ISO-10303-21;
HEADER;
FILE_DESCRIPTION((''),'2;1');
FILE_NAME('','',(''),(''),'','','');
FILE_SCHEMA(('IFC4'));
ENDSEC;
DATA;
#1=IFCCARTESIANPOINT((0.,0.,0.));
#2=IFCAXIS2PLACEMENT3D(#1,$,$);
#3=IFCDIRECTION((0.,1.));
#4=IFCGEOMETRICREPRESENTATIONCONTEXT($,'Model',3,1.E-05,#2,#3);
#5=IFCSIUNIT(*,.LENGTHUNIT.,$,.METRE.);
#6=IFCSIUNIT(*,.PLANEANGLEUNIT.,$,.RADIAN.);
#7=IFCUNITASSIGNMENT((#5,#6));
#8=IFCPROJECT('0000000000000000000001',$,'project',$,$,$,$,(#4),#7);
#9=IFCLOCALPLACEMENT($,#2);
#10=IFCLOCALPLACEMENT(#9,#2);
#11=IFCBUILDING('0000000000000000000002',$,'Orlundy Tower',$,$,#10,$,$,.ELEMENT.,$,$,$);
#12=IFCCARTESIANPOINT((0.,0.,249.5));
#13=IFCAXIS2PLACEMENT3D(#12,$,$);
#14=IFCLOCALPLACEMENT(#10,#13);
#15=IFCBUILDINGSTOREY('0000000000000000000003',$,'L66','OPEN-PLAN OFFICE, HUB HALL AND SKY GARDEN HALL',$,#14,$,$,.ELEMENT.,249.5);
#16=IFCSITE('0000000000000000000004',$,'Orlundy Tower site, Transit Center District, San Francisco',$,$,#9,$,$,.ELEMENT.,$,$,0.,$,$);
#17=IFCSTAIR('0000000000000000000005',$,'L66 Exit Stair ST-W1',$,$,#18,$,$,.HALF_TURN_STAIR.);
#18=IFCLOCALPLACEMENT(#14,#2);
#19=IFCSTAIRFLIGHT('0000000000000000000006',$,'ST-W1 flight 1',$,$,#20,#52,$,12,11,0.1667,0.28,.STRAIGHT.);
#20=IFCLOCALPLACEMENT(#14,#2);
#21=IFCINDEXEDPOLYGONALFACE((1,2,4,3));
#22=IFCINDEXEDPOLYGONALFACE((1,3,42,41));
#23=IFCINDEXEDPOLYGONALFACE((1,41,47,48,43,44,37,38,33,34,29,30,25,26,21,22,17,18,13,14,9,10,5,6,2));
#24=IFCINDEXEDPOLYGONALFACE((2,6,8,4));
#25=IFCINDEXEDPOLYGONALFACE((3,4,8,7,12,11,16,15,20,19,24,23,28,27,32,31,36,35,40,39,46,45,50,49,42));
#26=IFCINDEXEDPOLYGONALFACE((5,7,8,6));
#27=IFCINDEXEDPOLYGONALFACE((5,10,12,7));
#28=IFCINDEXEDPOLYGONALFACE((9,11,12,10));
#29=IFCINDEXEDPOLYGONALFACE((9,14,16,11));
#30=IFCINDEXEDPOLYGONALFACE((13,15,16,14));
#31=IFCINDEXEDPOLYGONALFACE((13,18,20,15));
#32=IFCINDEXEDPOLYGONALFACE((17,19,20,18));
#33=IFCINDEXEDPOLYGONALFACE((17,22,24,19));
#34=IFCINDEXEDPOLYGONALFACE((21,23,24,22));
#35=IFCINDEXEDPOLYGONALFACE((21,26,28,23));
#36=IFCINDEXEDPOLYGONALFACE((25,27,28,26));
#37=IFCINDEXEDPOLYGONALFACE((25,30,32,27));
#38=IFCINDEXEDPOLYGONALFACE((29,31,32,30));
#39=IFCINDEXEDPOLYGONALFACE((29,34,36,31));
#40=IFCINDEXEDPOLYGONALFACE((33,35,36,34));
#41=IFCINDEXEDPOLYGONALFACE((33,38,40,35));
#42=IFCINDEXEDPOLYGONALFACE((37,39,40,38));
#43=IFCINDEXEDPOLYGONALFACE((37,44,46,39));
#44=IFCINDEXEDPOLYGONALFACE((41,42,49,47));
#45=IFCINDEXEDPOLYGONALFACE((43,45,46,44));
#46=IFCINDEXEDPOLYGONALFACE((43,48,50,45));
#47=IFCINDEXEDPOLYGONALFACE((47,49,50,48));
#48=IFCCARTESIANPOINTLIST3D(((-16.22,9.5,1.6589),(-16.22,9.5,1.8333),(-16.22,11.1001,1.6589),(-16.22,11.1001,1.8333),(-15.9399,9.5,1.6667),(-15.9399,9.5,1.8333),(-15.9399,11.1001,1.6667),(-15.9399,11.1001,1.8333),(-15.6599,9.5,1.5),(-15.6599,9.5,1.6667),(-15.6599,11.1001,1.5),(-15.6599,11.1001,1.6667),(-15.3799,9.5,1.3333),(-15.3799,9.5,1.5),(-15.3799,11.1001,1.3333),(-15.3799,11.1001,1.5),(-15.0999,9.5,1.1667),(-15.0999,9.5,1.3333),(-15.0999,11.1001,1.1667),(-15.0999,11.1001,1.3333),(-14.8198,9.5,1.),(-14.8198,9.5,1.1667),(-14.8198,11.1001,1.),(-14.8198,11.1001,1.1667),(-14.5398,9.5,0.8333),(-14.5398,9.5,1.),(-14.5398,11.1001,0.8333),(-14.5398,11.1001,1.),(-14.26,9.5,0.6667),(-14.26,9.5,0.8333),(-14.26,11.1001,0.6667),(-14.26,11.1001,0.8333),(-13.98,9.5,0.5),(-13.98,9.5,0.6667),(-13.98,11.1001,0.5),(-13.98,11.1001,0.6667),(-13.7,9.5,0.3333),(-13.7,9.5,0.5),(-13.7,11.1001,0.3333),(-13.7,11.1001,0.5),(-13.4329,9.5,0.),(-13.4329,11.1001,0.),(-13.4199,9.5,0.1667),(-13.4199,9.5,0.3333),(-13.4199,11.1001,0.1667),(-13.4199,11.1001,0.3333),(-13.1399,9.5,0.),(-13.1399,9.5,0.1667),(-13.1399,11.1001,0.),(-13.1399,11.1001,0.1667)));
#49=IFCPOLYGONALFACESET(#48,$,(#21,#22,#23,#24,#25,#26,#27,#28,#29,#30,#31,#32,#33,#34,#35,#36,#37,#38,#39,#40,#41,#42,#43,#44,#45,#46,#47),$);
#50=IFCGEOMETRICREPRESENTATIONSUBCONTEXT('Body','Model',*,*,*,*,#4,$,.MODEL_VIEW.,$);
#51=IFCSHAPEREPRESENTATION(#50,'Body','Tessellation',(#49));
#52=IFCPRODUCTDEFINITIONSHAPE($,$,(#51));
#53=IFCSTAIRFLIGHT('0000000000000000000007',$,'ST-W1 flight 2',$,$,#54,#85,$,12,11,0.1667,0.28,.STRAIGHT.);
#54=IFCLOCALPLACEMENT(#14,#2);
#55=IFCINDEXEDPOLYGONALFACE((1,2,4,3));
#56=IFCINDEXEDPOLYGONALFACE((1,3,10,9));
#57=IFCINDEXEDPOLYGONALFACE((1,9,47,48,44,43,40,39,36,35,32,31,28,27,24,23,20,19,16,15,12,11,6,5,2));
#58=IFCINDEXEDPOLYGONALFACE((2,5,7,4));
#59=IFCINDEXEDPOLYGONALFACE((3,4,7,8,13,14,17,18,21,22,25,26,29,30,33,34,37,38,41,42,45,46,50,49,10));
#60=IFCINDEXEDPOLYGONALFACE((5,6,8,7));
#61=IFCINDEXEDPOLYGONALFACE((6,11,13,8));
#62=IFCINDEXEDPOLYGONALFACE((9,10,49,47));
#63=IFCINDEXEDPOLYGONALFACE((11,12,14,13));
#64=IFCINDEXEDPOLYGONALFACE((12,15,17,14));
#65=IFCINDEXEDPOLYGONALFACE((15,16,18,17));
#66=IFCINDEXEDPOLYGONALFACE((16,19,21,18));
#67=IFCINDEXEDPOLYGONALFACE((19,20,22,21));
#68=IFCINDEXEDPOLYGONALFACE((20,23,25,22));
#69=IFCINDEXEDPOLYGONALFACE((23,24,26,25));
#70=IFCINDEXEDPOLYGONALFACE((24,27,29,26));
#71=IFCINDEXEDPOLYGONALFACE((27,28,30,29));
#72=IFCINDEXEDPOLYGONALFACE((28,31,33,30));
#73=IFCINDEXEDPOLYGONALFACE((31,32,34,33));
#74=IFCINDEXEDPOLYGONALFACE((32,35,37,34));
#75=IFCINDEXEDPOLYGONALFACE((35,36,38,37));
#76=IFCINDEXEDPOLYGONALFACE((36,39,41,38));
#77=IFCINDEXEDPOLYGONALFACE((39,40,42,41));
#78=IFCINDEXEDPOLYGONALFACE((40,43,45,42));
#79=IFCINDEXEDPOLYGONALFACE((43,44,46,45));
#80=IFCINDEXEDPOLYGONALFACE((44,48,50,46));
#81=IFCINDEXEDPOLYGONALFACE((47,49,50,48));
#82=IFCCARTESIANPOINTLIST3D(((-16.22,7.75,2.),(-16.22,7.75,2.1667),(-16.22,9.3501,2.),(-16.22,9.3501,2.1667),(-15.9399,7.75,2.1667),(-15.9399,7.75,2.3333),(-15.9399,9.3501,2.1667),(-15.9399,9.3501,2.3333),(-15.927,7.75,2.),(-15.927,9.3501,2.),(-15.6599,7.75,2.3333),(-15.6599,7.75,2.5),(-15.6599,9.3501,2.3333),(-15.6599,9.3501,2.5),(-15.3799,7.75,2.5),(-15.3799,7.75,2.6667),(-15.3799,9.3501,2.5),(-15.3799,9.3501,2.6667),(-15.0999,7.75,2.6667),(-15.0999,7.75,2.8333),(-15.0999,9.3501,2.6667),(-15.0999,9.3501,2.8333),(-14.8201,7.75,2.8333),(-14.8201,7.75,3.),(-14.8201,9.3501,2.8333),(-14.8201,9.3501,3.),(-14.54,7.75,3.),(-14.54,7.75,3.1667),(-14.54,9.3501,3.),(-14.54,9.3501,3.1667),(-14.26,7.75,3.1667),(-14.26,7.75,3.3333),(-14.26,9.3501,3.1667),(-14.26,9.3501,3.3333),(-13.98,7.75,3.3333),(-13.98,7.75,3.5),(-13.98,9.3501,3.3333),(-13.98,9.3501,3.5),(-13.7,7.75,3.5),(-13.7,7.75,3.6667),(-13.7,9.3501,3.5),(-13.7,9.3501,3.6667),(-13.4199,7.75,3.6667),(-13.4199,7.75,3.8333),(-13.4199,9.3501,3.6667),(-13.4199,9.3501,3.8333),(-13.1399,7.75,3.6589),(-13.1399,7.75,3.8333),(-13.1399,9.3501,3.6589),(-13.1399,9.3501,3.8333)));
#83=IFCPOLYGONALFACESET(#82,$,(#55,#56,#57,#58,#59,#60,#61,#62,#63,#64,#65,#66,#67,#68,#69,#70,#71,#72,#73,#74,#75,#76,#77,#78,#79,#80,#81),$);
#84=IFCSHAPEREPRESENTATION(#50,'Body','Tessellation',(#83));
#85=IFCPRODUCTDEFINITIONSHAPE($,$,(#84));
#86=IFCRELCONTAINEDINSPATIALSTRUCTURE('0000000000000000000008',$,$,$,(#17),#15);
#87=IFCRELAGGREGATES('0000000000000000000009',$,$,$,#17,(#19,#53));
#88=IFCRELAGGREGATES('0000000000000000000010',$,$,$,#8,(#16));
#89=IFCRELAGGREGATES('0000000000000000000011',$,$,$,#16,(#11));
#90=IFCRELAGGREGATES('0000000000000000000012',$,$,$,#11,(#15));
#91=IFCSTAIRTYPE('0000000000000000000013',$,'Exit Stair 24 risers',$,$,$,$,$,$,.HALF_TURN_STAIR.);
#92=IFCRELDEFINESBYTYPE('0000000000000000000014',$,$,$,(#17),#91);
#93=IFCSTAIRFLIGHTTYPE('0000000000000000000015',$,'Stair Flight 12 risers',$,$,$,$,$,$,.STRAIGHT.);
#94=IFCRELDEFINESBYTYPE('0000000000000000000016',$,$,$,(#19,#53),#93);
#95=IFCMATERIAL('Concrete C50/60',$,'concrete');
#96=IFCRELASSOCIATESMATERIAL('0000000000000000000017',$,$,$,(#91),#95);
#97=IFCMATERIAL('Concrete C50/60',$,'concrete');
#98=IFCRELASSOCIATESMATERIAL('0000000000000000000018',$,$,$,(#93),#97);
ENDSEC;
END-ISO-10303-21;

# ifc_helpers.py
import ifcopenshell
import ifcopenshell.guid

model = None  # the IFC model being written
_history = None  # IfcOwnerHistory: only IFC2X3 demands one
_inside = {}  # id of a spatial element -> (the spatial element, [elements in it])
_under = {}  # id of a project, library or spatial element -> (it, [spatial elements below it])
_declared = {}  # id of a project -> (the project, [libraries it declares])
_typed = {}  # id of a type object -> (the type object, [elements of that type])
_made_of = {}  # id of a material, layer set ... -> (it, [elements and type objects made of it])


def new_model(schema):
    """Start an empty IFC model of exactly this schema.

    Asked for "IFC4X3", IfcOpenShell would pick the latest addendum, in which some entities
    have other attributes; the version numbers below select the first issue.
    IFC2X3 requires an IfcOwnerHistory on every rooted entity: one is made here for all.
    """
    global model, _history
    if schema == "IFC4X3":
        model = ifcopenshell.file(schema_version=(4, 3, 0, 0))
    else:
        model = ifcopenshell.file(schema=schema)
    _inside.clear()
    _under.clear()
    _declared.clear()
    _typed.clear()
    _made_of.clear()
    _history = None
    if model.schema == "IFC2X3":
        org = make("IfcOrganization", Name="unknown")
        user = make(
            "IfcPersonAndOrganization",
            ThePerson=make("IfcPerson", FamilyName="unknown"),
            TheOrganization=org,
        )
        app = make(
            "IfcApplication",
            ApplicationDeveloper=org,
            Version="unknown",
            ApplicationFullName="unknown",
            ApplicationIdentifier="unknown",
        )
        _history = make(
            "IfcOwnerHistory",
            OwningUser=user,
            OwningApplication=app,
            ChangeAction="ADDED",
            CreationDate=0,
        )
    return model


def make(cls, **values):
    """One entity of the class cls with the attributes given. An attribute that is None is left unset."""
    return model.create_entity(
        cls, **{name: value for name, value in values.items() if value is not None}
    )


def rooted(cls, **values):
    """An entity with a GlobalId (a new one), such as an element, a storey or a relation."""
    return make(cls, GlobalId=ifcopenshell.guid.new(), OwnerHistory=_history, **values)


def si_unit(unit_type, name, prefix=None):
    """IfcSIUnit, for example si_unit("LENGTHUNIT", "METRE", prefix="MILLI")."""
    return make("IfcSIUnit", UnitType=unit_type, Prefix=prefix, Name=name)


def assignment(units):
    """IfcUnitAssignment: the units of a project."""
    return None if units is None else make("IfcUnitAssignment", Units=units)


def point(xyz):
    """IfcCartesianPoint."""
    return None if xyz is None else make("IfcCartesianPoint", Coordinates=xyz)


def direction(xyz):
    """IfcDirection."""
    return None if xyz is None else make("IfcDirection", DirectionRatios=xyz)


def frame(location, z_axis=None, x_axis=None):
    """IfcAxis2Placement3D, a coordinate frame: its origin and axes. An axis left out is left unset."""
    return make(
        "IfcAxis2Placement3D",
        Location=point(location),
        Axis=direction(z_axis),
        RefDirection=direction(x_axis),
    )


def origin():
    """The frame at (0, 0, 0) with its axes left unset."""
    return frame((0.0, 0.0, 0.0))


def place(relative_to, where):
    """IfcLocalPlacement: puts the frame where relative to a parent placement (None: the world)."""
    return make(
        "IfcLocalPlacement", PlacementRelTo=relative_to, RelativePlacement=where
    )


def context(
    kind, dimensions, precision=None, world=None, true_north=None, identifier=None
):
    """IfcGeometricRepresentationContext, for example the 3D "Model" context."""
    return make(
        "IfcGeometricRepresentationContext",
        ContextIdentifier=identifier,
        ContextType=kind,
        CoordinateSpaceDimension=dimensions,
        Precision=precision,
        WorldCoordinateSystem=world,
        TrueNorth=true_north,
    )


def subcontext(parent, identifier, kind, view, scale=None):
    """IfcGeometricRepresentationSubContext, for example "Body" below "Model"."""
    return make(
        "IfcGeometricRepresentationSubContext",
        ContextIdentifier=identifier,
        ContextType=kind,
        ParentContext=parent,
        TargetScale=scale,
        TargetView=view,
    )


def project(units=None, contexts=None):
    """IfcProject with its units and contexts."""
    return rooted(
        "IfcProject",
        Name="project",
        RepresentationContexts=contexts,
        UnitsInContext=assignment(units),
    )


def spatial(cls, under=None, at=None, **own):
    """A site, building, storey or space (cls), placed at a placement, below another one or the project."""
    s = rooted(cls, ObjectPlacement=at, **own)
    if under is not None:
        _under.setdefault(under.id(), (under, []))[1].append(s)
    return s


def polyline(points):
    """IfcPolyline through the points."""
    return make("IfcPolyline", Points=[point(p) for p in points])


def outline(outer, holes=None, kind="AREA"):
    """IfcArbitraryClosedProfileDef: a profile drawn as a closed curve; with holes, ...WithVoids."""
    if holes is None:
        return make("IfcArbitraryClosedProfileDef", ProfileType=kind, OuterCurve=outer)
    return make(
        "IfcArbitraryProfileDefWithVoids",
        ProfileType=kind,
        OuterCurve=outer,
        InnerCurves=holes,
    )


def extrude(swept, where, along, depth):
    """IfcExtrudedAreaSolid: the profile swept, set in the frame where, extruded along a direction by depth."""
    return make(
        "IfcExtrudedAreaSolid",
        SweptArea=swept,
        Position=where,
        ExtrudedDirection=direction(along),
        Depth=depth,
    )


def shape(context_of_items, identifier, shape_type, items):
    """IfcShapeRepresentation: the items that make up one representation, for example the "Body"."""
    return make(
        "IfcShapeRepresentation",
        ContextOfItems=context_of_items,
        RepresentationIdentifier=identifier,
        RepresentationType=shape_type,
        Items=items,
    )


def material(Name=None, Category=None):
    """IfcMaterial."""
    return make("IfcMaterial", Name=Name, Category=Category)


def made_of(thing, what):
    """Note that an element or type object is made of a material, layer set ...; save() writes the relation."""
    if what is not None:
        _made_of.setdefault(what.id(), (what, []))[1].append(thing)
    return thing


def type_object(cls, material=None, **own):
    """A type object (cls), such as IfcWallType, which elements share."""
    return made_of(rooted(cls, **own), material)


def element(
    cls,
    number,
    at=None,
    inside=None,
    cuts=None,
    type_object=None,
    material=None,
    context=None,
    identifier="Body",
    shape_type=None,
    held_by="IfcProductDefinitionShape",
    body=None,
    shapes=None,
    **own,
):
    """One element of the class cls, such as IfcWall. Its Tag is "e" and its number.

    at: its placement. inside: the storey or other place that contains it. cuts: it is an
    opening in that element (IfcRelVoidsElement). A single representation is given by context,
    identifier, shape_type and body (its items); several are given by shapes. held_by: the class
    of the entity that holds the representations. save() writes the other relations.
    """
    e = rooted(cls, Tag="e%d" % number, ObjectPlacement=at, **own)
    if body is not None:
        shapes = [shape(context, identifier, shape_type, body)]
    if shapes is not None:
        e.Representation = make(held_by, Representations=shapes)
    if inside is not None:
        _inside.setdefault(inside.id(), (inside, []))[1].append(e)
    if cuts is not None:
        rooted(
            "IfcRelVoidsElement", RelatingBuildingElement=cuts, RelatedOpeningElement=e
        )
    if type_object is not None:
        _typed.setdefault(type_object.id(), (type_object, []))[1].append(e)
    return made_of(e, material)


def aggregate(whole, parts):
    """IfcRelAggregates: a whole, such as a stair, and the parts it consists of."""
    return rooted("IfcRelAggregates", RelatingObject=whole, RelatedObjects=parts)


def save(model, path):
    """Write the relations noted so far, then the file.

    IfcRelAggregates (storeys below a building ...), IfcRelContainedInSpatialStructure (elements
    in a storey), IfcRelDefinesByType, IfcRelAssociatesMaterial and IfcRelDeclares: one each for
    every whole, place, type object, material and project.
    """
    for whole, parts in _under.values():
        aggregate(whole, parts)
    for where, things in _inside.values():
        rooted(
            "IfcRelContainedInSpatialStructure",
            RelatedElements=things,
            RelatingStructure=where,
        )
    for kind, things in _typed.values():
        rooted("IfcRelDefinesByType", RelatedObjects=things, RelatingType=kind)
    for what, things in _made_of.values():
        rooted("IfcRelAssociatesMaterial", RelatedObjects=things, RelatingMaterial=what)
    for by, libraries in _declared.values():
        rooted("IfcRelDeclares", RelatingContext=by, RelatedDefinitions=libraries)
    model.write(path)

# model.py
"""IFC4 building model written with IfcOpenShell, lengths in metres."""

from ifc_helpers import new_model, si_unit, direction, frame, origin, place, context, subcontext, project, spatial, polyline, outline, extrude, material, type_object, element, aggregate, save


model = new_model("IFC4")

# Units and contexts
model_context = context("Model", 3, precision=1e-05, world=origin(), true_north=direction((0.0, 1.0)))
body_context = subcontext(model_context, "Body", "Model", "MODEL_VIEW")
ifc_project = project(units=[si_unit("LENGTHUNIT", "METRE"), si_unit("PLANEANGLEUNIT", "RADIAN")], contexts=[model_context])

# Site, building, storey
site_placement = place(None, origin())
site = spatial("IfcSite", under=ifc_project, at=site_placement, Name="Orlundy Tower site, Transit Center District, San Francisco", CompositionType="ELEMENT", RefElevation=0.0)
building_placement = place(site_placement, origin())
building = spatial("IfcBuilding", under=site, at=building_placement, Name="Orlundy Tower", CompositionType="ELEMENT")
storey_placement = place(building_placement, frame((0.0, 0.0, 249.5)))
storey = spatial("IfcBuildingStorey", under=building, at=storey_placement, Name="L66", Description="OPEN-PLAN OFFICE, HUB HALL AND SKY GARDEN HALL", CompositionType="ELEMENT", Elevation=249.5)

# Stair, stair flights
ifc_material_1 = material(Name="Concrete C50/60", Category="concrete")
stair_type = type_object("IfcStairType", Name="Exit Stair 24 risers", PredefinedType="HALF_TURN_STAIR", material=ifc_material_1)
stair_placement = place(storey_placement, origin())
stair = element("IfcStair", 1, at=stair_placement, inside=storey, type_object=stair_type, Name="L66 Exit Stair ST-W1", PredefinedType="HALF_TURN_STAIR")
ifc_material_2 = material(Name="Concrete C50/60", Category="concrete")
stair_flight_type = type_object("IfcStairFlightType", Name="Stair Flight 12 risers", PredefinedType="STRAIGHT", material=ifc_material_2)
stair_flight_1_placement = place(storey_placement, frame((-13.1399, 10.3, 0.0), z_axis=(0.0, 0.0, 1.0), x_axis=(-1.0, 0.0, 0.0)))
stair_flight_1 = element("IfcStairFlight", 2, at=stair_flight_1_placement, type_object=stair_flight_type, Name="ST-W1 flight 1", NumberOfRisers=12, NumberOfTreads=11, PredefinedType="STRAIGHT", RiserHeight=0.1667, TreadLength=0.28, context=body_context, shape_type="SweptSolid", body=[
    extrude(outline(polyline([(0.0, 0.0), (0.0, 0.1667), (0.28, 0.1667), (0.28, 0.3333), (0.5601, 0.3333), (0.5601, 0.5), (0.8401, 0.5), (0.8401, 0.6667), (1.1201, 0.6667), (1.1201, 0.8333), (1.3999, 0.8333), (1.3999, 1.0), (1.6799, 1.0), (1.6799, 1.1667), (1.96, 1.1667), (1.96, 1.3333), (2.24, 1.3333), (2.24, 1.5), (2.52, 1.5), (2.52, 1.6667), (2.8, 1.6667), (2.8, 1.8333), (3.0801, 1.8333), (3.0801, 2.0), (3.0801, 1.6589), (0.293, 0.0), (0.0, 0.0)])), frame((0.0, 0.8, 0.0), z_axis=(0.0, -1.0, 0.0), x_axis=(1.0, 0.0, 0.0)), (0.0, 0.0, 1.0), 1.6001),
])
stair_flight_2_placement = place(storey_placement, frame((-16.22, 8.55, 2.0), z_axis=(0.0, 0.0, 1.0), x_axis=(1.0, 0.0, 0.0)))
stair_flight_2 = element("IfcStairFlight", 3, at=stair_flight_2_placement, type_object=stair_flight_type, Name="ST-W1 flight 2", NumberOfRisers=12, NumberOfTreads=11, PredefinedType="STRAIGHT", RiserHeight=0.1667, TreadLength=0.28, context=body_context, shape_type="SweptSolid", body=[
    extrude(outline(polyline([(0.0, 0.0), (0.0, 0.1667), (0.28, 0.1667), (0.28, 0.3333), (0.5601, 0.3333), (0.5601, 0.5), (0.8401, 0.5), (0.8401, 0.6667), (1.1201, 0.6667), (1.1201, 0.8333), (1.3999, 0.8333), (1.3999, 1.0), (1.6799, 1.0), (1.6799, 1.1667), (1.96, 1.1667), (1.96, 1.3333), (2.24, 1.3333), (2.24, 1.5), (2.52, 1.5), (2.52, 1.6667), (2.8, 1.6667), (2.8, 1.8333), (3.0801, 1.8333), (3.0801, 2.0), (3.0801, 1.6589), (0.293, 0.0), (0.0, 0.0)])), frame((0.0, 0.8, 0.0), z_axis=(0.0, -1.0, 0.0), x_axis=(1.0, 0.0, 0.0)), (0.0, 0.0, 1.0), 1.6001),
])
aggregate(stair, [stair_flight_1, stair_flight_2])

save(model, "model.ifc")
